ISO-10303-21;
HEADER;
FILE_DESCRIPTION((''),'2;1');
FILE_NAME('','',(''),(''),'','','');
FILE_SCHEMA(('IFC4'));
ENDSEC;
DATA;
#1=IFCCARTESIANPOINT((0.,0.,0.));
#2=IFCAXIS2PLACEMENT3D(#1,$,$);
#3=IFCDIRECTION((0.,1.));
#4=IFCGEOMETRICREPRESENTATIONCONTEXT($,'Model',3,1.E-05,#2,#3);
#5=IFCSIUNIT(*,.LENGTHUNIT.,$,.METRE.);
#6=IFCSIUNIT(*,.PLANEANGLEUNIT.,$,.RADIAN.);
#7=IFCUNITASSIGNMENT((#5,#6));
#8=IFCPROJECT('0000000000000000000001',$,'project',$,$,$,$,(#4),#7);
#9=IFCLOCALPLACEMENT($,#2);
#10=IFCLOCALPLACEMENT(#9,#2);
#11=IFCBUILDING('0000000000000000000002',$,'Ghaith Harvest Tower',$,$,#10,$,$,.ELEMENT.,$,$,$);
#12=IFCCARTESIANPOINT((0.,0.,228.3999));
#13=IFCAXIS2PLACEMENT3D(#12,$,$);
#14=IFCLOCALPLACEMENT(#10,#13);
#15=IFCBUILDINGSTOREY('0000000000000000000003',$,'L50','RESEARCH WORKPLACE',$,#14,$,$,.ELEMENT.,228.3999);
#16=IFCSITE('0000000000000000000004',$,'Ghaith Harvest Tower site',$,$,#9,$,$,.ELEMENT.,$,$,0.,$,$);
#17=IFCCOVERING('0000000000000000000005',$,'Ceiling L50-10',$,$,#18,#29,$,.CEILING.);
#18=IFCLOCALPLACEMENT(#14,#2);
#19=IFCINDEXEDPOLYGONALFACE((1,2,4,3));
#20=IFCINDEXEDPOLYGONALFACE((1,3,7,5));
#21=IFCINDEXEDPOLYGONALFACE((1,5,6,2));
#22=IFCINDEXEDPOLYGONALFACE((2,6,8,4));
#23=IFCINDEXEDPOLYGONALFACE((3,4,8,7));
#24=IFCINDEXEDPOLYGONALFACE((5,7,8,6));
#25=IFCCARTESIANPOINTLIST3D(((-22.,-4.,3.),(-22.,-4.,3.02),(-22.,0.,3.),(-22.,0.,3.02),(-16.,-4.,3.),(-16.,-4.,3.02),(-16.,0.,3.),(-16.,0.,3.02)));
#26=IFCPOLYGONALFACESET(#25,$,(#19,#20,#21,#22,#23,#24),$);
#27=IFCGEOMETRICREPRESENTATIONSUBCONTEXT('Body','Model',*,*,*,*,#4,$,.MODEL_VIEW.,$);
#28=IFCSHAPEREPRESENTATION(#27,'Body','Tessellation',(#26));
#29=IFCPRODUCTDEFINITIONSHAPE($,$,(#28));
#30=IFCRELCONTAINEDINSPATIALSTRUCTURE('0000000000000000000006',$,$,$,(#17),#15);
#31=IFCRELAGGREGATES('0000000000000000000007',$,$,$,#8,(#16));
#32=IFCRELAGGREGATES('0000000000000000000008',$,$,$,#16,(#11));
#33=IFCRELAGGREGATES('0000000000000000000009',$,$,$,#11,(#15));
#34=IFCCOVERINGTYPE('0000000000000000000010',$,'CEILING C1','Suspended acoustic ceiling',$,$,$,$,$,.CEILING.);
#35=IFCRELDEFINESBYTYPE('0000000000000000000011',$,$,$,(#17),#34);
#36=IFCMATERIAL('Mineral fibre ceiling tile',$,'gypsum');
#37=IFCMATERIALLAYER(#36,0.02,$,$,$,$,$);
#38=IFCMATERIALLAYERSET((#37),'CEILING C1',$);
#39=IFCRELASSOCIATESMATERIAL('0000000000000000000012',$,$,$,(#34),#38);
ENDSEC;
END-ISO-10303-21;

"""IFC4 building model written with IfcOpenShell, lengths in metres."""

from ifc_helpers import new_model, si_unit, direction, frame, origin, place, context, subcontext, project, spatial, polyline, outline, extrude, material, layer, layer_set, type_object, element, save


model = new_model("IFC4")

# Units and contexts
model_context = context("Model", 3, precision=1e-05, world=origin(), true_north=direction((0.0, 1.0)))
body_context = subcontext(model_context, "Body", "Model", "MODEL_VIEW")
ifc_project = project(units=[si_unit("LENGTHUNIT", "METRE"), si_unit("PLANEANGLEUNIT", "RADIAN")], contexts=[model_context])

# Site, building, storey
site_placement = place(None, origin())
site = spatial("IfcSite", under=ifc_project, at=site_placement, Name="Ghaith Harvest Tower site", CompositionType="ELEMENT", RefElevation=0.0)
building_placement = place(site_placement, origin())
building = spatial("IfcBuilding", under=site, at=building_placement, Name="Ghaith Harvest Tower", CompositionType="ELEMENT")
storey_placement = place(building_placement, frame((0.0, 0.0, 228.3999)))
storey = spatial("IfcBuildingStorey", under=building, at=storey_placement, Name="L50", Description="RESEARCH WORKPLACE", CompositionType="ELEMENT", Elevation=228.3999)

# Covering
ifc_material_1 = material(Name="Mineral fibre ceiling tile", Category="gypsum")
ifc_layer_1 = layer(ifc_material_1, 0.02)
ifc_layer_set_1 = layer_set([ifc_layer_1], Name="CEILING C1")
covering_type = type_object("IfcCoveringType", Name="CEILING C1", Description="Suspended acoustic ceiling", PredefinedType="CEILING", material=ifc_layer_set_1)
covering_1_placement = place(storey_placement, frame((0.0, 0.0, 3.0)))
element("IfcCovering", 1, at=covering_1_placement, inside=storey, type_object=covering_type, Name="Ceiling L50-10", PredefinedType="CEILING", context=body_context, shape_type="SweptSolid", body=[
    extrude(outline(polyline([(-22.0, -4.0), (-16.0, -4.0), (-16.0, 0.0), (-22.0, 0.0), (-22.0, -4.0)])), origin(), (0.0, 0.0, 1.0), 0.02),
])

save(model, "model.ifc")
